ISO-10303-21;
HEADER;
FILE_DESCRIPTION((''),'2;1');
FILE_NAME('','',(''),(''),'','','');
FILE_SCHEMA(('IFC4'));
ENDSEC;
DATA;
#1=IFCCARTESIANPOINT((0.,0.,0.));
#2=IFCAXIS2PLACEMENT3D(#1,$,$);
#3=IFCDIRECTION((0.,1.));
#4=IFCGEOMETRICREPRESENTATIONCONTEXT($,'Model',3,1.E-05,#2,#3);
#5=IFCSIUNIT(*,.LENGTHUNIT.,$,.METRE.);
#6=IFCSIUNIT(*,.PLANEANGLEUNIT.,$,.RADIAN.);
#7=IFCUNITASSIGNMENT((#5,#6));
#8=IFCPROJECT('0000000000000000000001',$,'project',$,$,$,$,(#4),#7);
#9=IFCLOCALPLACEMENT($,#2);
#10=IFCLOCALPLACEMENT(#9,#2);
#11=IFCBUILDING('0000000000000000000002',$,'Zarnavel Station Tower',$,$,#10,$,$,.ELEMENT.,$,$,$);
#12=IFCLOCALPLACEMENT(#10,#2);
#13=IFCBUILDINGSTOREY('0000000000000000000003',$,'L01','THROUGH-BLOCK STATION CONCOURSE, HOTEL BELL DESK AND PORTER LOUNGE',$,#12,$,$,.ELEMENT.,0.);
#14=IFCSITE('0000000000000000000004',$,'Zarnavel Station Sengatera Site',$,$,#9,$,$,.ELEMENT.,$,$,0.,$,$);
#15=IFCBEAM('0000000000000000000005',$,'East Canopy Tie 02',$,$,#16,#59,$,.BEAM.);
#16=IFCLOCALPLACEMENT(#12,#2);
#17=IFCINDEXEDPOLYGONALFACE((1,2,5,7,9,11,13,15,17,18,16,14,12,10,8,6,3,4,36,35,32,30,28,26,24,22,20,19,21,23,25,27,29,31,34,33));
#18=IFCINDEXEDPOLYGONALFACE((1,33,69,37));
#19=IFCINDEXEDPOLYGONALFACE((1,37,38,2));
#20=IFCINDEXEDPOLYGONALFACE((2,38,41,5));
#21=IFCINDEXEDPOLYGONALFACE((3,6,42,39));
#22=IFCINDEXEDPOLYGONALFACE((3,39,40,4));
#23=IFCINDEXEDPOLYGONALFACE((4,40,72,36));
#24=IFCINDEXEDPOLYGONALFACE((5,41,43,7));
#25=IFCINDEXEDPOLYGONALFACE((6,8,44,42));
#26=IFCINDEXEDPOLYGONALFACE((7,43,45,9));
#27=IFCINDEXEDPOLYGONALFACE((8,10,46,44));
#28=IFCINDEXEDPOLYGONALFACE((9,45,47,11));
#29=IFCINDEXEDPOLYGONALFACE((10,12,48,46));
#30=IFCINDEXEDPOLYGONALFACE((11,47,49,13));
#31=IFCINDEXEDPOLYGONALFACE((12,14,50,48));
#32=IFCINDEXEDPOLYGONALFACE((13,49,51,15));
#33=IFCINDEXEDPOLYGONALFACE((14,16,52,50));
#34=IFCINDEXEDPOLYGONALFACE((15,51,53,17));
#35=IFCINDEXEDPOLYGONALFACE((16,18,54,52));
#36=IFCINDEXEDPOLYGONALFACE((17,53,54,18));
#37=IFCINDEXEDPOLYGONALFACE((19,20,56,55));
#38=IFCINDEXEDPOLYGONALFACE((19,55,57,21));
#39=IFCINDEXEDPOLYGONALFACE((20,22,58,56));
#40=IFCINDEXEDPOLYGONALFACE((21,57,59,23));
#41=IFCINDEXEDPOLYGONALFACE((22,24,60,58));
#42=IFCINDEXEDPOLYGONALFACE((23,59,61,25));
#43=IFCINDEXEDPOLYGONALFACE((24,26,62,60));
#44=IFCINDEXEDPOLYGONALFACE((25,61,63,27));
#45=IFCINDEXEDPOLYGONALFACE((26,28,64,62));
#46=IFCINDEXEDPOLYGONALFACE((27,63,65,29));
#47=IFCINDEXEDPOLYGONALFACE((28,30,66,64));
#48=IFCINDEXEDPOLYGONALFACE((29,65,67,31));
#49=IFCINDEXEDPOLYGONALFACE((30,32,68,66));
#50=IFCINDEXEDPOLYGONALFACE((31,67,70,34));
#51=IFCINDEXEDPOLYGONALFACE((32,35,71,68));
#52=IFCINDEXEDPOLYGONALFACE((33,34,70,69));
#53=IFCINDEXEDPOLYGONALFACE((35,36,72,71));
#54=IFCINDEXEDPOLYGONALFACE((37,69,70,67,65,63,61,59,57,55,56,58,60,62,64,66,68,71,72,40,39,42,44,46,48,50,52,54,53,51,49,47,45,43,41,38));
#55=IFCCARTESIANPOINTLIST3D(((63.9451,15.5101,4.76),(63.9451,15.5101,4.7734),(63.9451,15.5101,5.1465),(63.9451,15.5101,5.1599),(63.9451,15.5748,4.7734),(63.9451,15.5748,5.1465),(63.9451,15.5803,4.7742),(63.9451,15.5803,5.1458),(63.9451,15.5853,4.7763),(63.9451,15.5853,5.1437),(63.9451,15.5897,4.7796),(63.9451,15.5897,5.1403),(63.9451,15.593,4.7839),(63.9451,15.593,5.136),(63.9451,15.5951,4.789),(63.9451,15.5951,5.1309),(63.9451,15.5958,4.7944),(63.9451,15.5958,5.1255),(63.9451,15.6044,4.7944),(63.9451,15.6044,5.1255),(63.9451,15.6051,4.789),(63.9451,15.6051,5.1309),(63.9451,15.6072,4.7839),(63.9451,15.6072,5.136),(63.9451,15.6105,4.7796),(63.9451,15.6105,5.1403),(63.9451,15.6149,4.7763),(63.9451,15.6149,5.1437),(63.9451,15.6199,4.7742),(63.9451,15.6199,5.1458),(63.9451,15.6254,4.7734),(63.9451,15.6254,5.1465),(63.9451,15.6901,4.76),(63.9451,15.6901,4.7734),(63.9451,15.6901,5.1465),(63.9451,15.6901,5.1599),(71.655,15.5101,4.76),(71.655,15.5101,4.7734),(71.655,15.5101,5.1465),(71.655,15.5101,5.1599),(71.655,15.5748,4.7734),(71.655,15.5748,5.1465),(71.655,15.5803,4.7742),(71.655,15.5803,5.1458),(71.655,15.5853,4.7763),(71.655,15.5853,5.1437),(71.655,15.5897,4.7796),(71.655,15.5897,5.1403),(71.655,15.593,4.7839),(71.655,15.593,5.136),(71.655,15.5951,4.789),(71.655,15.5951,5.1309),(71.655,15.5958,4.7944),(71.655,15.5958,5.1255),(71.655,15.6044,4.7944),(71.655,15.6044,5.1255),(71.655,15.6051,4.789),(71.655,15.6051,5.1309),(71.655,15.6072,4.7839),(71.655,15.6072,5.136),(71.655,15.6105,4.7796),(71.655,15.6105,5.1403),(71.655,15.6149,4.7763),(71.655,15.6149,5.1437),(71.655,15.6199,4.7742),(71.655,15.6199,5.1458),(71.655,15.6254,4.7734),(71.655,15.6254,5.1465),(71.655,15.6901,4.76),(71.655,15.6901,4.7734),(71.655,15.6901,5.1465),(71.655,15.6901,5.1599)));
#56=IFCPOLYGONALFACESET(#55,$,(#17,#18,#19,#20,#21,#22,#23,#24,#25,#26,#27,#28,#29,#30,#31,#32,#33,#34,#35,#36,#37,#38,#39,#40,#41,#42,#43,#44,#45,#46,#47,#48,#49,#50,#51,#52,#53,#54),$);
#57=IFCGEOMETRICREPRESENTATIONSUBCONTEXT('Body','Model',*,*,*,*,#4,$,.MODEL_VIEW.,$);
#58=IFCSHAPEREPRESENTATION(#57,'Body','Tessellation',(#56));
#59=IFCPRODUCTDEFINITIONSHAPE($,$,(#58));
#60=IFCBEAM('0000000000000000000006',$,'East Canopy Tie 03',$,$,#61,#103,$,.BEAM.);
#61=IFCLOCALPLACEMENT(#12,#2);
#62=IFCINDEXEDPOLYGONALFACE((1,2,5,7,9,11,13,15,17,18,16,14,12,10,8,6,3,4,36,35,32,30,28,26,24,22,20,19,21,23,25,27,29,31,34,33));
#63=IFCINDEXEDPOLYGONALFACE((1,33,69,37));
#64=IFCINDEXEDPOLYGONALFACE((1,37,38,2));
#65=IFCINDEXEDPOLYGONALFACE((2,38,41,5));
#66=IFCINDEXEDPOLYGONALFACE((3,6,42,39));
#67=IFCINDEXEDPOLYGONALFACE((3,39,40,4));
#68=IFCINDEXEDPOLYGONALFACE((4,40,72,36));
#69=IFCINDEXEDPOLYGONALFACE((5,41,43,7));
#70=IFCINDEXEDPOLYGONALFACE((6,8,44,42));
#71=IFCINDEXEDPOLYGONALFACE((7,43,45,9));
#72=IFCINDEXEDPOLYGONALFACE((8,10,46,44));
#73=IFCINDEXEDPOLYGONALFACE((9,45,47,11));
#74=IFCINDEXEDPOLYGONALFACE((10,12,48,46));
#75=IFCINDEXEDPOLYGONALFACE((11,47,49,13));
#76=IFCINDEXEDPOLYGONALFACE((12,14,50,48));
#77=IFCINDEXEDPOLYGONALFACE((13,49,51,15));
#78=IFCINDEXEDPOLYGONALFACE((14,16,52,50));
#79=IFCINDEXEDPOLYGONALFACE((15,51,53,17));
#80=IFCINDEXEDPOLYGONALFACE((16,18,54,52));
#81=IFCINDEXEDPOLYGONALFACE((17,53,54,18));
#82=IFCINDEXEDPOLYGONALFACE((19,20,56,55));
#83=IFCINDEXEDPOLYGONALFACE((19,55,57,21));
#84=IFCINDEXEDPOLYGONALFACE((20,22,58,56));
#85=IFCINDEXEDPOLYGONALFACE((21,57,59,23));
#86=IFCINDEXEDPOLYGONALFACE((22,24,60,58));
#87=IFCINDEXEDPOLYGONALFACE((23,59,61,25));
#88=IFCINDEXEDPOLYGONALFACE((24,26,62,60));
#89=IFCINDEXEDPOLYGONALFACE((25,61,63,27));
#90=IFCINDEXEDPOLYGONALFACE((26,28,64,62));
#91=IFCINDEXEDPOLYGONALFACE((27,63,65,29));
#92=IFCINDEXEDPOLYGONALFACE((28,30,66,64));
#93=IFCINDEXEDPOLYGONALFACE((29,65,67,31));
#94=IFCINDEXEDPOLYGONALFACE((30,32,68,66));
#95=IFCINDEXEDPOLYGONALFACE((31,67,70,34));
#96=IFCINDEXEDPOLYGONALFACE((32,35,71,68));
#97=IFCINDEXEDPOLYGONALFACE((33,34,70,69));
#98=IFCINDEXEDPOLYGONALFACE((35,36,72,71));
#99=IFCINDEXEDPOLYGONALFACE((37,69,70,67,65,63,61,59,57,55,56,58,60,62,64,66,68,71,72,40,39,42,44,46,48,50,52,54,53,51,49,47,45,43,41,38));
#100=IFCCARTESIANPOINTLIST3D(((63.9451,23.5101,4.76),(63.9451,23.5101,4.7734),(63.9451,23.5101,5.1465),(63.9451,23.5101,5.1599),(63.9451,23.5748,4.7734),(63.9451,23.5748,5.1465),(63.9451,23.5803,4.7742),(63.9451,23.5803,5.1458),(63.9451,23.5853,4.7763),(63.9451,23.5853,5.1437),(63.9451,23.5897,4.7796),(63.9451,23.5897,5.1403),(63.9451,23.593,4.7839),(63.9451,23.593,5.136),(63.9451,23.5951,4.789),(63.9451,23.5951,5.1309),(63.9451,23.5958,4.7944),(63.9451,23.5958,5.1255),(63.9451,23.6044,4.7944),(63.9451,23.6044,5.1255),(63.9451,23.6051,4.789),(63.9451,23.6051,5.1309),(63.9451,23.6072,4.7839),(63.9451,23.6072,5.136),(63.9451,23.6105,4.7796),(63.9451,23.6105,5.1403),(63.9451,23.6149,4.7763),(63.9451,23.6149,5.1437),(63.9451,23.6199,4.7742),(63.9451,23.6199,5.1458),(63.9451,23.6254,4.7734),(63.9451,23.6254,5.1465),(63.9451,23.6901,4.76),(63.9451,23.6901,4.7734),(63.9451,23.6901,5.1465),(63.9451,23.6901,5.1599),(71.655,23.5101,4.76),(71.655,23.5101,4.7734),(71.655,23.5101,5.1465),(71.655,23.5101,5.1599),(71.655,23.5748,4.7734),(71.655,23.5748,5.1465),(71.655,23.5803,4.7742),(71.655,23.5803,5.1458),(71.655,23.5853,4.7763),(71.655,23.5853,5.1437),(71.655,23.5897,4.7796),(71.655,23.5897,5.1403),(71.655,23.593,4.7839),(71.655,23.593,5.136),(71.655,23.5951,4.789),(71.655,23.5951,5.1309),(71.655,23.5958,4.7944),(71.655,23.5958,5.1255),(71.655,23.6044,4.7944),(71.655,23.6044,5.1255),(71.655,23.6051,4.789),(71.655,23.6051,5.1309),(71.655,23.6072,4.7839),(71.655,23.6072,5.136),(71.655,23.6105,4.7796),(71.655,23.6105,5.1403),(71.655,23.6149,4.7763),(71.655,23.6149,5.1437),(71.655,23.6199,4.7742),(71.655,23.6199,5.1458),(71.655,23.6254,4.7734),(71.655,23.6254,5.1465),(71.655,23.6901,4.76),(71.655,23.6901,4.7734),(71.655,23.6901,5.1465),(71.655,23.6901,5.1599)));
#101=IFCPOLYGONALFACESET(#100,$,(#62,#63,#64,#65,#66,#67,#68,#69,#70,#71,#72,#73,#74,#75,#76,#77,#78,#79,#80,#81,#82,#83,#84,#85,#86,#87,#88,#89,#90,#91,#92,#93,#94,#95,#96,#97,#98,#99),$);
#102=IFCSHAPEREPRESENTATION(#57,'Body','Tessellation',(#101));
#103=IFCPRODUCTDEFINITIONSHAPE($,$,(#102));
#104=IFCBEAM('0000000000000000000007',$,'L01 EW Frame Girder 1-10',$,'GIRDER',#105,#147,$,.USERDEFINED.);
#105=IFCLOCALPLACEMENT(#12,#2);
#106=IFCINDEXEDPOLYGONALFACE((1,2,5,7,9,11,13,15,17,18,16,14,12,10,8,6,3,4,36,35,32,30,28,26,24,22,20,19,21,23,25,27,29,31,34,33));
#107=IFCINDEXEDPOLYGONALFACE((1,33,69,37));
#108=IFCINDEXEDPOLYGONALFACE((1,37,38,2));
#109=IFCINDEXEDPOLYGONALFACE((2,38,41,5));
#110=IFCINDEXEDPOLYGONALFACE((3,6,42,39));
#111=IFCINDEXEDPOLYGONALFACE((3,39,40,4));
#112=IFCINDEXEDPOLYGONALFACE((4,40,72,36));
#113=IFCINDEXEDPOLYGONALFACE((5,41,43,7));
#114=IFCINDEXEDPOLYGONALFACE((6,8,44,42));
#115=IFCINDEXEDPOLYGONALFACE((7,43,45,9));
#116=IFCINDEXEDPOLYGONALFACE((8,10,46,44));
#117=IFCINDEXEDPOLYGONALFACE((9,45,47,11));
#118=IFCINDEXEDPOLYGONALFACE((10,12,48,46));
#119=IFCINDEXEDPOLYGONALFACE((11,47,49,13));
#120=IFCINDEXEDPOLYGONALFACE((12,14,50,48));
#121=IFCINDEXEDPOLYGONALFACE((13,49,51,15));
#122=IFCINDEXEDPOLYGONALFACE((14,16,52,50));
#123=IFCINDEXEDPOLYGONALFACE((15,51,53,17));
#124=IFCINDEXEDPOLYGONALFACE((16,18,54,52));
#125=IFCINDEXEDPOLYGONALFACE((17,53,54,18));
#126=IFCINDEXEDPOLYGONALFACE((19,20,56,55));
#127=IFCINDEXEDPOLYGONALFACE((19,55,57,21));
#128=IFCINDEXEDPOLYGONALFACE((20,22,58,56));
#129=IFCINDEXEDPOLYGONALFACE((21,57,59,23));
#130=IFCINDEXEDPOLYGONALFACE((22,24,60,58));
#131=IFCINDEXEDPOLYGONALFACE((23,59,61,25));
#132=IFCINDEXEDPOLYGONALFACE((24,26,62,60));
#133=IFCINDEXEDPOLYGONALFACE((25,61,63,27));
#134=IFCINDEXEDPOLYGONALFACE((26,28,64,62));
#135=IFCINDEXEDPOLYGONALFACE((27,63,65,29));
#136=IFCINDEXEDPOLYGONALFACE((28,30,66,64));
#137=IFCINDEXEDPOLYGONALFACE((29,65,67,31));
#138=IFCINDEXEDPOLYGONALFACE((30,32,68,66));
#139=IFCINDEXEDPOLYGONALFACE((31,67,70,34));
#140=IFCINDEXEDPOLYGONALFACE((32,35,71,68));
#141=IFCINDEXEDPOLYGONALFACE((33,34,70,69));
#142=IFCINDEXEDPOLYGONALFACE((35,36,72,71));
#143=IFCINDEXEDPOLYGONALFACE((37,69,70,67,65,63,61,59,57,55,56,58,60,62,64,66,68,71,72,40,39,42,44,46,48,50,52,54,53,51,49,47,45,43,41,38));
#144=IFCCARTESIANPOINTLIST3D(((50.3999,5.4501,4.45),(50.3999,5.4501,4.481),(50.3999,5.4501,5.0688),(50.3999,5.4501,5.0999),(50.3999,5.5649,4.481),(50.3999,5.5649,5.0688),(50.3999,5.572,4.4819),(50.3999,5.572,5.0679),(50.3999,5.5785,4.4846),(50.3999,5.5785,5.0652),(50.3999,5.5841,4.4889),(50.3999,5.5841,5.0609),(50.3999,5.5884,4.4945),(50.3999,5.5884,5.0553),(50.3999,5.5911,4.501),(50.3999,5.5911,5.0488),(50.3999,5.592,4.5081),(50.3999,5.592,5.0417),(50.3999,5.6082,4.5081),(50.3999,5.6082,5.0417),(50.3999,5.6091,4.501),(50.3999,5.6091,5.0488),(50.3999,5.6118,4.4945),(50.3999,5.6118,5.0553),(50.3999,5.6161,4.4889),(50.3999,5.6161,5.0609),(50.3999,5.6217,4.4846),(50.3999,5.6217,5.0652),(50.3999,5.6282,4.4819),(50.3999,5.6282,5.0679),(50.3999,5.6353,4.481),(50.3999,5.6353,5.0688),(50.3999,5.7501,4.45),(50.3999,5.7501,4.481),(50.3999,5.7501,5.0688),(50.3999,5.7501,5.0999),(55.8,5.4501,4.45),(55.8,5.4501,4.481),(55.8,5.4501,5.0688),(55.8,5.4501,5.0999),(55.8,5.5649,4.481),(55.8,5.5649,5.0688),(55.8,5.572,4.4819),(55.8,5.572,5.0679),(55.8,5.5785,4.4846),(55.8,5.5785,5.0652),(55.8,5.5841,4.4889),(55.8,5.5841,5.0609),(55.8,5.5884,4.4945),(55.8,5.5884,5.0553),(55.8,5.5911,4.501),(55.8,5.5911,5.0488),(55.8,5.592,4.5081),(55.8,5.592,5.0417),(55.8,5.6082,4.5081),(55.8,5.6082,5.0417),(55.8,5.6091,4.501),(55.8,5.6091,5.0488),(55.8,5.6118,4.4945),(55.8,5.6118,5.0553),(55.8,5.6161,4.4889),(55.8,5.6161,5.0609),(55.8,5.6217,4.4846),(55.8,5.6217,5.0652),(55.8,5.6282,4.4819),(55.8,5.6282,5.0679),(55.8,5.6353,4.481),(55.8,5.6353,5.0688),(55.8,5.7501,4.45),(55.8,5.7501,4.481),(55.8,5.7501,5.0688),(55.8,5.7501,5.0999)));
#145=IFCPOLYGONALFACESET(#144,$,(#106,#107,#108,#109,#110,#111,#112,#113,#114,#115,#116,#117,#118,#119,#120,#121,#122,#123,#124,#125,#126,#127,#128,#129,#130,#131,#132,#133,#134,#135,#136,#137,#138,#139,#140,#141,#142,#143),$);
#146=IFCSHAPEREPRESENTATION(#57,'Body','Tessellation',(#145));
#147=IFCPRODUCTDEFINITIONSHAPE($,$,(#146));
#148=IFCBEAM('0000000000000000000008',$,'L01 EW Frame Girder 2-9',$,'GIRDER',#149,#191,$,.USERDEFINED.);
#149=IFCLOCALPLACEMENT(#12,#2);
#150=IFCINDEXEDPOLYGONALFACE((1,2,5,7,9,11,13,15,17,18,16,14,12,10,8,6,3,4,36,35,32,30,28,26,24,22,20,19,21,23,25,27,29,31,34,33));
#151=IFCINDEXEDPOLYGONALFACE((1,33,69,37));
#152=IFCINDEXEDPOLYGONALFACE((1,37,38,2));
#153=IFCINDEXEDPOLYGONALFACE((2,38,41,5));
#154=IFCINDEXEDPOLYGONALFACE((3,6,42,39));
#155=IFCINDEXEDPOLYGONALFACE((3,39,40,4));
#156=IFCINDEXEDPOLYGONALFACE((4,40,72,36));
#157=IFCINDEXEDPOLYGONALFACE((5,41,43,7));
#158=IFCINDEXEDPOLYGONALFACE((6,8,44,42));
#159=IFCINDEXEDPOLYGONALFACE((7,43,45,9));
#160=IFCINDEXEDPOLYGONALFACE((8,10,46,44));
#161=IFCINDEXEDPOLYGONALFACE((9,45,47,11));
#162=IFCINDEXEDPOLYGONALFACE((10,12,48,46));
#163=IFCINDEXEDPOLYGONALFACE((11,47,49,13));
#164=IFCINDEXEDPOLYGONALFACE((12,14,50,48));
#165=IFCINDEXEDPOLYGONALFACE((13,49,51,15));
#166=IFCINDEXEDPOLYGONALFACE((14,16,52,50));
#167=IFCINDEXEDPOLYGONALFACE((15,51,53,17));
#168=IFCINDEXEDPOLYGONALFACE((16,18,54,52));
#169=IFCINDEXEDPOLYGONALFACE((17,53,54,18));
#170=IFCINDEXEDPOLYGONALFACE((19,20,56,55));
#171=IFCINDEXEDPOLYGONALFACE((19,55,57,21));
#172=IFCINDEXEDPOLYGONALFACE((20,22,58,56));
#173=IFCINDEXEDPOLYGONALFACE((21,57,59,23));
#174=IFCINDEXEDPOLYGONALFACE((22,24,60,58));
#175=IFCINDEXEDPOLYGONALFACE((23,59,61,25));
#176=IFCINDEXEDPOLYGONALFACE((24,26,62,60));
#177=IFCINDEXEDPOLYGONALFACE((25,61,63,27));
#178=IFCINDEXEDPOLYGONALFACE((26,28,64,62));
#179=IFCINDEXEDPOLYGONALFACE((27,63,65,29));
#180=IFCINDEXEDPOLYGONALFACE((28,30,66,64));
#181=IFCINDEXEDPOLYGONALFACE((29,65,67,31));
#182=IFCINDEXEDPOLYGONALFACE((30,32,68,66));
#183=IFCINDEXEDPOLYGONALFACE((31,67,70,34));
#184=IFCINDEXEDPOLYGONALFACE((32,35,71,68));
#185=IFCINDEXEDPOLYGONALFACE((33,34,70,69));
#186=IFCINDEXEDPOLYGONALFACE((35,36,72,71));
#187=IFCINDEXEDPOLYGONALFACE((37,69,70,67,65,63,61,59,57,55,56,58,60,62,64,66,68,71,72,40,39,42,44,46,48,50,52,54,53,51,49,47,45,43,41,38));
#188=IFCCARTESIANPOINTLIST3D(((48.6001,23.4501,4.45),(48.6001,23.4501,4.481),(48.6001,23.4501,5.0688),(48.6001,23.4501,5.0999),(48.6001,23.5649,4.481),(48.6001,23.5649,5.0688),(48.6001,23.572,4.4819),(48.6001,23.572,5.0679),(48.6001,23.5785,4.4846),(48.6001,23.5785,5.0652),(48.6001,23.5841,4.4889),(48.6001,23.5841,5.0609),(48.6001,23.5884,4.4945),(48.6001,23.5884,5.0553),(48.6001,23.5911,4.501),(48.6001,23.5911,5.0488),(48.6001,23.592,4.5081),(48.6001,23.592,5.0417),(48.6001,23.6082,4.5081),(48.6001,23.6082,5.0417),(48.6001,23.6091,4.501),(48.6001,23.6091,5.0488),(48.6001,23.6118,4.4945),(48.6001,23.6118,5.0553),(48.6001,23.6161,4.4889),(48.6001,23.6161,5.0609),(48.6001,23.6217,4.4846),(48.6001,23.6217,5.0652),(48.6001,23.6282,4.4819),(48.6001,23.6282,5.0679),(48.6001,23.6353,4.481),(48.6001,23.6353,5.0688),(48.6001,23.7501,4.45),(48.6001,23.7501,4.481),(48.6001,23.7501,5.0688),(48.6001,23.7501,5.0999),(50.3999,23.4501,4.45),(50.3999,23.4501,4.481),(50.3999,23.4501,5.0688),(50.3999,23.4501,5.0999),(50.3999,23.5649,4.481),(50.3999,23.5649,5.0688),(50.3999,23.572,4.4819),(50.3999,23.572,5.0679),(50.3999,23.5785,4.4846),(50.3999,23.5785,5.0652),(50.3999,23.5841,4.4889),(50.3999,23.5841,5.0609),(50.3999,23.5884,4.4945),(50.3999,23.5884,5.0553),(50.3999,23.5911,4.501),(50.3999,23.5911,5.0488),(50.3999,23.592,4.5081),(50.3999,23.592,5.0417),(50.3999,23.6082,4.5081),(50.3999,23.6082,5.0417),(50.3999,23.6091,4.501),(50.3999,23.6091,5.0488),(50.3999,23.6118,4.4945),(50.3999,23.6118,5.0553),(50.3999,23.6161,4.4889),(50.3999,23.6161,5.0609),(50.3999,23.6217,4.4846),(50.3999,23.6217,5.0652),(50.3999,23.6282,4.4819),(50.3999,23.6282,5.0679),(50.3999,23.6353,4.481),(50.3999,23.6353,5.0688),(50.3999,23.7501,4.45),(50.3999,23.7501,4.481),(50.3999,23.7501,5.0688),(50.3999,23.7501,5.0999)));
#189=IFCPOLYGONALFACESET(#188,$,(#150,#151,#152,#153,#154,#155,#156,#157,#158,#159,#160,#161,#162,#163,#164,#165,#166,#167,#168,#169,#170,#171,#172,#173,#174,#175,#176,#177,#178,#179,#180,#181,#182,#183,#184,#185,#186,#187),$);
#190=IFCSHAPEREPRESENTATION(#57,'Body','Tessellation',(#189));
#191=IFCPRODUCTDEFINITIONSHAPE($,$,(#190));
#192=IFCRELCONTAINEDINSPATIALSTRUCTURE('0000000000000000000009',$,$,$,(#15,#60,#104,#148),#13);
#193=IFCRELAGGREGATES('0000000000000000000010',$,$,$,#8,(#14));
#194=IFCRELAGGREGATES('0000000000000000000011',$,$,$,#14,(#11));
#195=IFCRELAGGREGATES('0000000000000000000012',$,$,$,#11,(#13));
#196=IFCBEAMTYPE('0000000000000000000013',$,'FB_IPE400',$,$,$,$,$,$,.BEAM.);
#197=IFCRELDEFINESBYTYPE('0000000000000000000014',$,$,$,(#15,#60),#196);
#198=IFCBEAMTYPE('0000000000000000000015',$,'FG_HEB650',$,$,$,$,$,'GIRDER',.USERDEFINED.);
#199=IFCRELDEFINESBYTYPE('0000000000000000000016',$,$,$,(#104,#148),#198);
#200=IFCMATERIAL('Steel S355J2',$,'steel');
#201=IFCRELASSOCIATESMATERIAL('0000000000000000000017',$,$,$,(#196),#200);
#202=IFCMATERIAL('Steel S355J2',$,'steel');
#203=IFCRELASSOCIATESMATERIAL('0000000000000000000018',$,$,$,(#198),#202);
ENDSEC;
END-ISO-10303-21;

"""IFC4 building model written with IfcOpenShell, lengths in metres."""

from ifc_helpers import new_model, si_unit, direction, frame, origin, origin_2d, place, context, subcontext, project, spatial, i_section, extrude, material, material_profile, profile_set, type_object, element, save


model = new_model("IFC4")

# Units and contexts
model_context = context("Model", 3, precision=1e-05, world=origin(), true_north=direction((0.0, 1.0)))
body_context = subcontext(model_context, "Body", "Model", "MODEL_VIEW")
ifc_project = project(units=[si_unit("LENGTHUNIT", "METRE"), si_unit("PLANEANGLEUNIT", "RADIAN")], contexts=[model_context])

# Site, building, storey
site_placement = place(None, origin())
site = spatial("IfcSite", under=ifc_project, at=site_placement, Name="Zarnavel Station Sengatera Site", CompositionType="ELEMENT", RefElevation=0.0)
building_placement = place(site_placement, origin())
building = spatial("IfcBuilding", under=site, at=building_placement, Name="Zarnavel Station Tower", CompositionType="ELEMENT")
storey_placement = place(building_placement, origin())
storey = spatial("IfcBuildingStorey", under=building, at=storey_placement, Name="L01", Description="THROUGH-BLOCK STATION CONCOURSE, HOTEL BELL DESK AND PORTER LOUNGE", CompositionType="ELEMENT", Elevation=0.0)

# Beams
ifc_material_1 = material(Name="Steel S355J2", Category="steel")
ifc_material_profile_1 = material_profile(ifc_material_1, i_section(OverallWidth=0.1799, OverallDepth=0.3999, WebThickness=0.0085, FlangeThickness=0.0134, FilletRadius=0.021, at=origin_2d()), Name="IPE400")
ifc_profile_set_1 = profile_set([ifc_material_profile_1], Name="Steel S355J2")
beam_type_1 = type_object("IfcBeamType", Name="FB_IPE400", PredefinedType="BEAM", material=ifc_profile_set_1)
for number, where, z_axis, x_axis, name in (
    (1, (63.9451, 15.6001, 4.96), (1.0, 0.0, 0.0), (0.0, 1.0, 0.0), "East Canopy Tie 02"),
    (2, (63.9451, 23.6001, 4.96), (1.0, 0.0, 0.0), (0.0, 1.0, 0.0), "East Canopy Tie 03"),
):
    element("IfcBeam", number, at=place(storey_placement, frame(where, z_axis=z_axis, x_axis=x_axis)), inside=storey, type_object=beam_type_1, Name=name, PredefinedType="BEAM", context=body_context, shape_type="SweptSolid", body=[
        extrude(i_section(OverallWidth=0.1799, OverallDepth=0.3999, WebThickness=0.0085, FlangeThickness=0.0134, FilletRadius=0.021, at=origin_2d()), origin(), (0.0, 0.0, 1.0), 7.71),
    ])
ifc_material_2 = material(Name="Steel S355J2", Category="steel")
ifc_material_profile_2 = material_profile(ifc_material_2, i_section(OverallWidth=0.3, OverallDepth=0.6499, WebThickness=0.0161, FlangeThickness=0.031, FilletRadius=0.0271, at=origin_2d()), Name="HEB650")
ifc_profile_set_2 = profile_set([ifc_material_profile_2], Name="Steel S355J2")
beam_type_2 = type_object("IfcBeamType", Name="FG_HEB650", ElementType="GIRDER", PredefinedType="USERDEFINED", material=ifc_profile_set_2)
beam_1_placement = place(storey_placement, frame((50.3999, 5.6001, 4.7749), z_axis=(1.0, 0.0, 0.0), x_axis=(0.0, 1.0, 0.0)))
element("IfcBeam", 3, at=beam_1_placement, inside=storey, type_object=beam_type_2, Name="L01 EW Frame Girder 1-10", ObjectType="GIRDER", PredefinedType="USERDEFINED", context=body_context, shape_type="SweptSolid", body=[
    extrude(i_section(OverallWidth=0.3, OverallDepth=0.6499, WebThickness=0.0161, FlangeThickness=0.031, FilletRadius=0.0271, at=origin_2d()), origin(), (0.0, 0.0, 1.0), 5.4001),
])
beam_2_placement = place(storey_placement, frame((48.6001, 23.6001, 4.7749), z_axis=(1.0, 0.0, 0.0), x_axis=(0.0, 1.0, 0.0)))
element("IfcBeam", 4, at=beam_2_placement, inside=storey, type_object=beam_type_2, Name="L01 EW Frame Girder 2-9", ObjectType="GIRDER", PredefinedType="USERDEFINED", context=body_context, shape_type="SweptSolid", body=[
    extrude(i_section(OverallWidth=0.3, OverallDepth=0.6499, WebThickness=0.0161, FlangeThickness=0.031, FilletRadius=0.0271, at=origin_2d()), origin(), (0.0, 0.0, 1.0), 1.7998),
])

save(model, "model.ifc")
